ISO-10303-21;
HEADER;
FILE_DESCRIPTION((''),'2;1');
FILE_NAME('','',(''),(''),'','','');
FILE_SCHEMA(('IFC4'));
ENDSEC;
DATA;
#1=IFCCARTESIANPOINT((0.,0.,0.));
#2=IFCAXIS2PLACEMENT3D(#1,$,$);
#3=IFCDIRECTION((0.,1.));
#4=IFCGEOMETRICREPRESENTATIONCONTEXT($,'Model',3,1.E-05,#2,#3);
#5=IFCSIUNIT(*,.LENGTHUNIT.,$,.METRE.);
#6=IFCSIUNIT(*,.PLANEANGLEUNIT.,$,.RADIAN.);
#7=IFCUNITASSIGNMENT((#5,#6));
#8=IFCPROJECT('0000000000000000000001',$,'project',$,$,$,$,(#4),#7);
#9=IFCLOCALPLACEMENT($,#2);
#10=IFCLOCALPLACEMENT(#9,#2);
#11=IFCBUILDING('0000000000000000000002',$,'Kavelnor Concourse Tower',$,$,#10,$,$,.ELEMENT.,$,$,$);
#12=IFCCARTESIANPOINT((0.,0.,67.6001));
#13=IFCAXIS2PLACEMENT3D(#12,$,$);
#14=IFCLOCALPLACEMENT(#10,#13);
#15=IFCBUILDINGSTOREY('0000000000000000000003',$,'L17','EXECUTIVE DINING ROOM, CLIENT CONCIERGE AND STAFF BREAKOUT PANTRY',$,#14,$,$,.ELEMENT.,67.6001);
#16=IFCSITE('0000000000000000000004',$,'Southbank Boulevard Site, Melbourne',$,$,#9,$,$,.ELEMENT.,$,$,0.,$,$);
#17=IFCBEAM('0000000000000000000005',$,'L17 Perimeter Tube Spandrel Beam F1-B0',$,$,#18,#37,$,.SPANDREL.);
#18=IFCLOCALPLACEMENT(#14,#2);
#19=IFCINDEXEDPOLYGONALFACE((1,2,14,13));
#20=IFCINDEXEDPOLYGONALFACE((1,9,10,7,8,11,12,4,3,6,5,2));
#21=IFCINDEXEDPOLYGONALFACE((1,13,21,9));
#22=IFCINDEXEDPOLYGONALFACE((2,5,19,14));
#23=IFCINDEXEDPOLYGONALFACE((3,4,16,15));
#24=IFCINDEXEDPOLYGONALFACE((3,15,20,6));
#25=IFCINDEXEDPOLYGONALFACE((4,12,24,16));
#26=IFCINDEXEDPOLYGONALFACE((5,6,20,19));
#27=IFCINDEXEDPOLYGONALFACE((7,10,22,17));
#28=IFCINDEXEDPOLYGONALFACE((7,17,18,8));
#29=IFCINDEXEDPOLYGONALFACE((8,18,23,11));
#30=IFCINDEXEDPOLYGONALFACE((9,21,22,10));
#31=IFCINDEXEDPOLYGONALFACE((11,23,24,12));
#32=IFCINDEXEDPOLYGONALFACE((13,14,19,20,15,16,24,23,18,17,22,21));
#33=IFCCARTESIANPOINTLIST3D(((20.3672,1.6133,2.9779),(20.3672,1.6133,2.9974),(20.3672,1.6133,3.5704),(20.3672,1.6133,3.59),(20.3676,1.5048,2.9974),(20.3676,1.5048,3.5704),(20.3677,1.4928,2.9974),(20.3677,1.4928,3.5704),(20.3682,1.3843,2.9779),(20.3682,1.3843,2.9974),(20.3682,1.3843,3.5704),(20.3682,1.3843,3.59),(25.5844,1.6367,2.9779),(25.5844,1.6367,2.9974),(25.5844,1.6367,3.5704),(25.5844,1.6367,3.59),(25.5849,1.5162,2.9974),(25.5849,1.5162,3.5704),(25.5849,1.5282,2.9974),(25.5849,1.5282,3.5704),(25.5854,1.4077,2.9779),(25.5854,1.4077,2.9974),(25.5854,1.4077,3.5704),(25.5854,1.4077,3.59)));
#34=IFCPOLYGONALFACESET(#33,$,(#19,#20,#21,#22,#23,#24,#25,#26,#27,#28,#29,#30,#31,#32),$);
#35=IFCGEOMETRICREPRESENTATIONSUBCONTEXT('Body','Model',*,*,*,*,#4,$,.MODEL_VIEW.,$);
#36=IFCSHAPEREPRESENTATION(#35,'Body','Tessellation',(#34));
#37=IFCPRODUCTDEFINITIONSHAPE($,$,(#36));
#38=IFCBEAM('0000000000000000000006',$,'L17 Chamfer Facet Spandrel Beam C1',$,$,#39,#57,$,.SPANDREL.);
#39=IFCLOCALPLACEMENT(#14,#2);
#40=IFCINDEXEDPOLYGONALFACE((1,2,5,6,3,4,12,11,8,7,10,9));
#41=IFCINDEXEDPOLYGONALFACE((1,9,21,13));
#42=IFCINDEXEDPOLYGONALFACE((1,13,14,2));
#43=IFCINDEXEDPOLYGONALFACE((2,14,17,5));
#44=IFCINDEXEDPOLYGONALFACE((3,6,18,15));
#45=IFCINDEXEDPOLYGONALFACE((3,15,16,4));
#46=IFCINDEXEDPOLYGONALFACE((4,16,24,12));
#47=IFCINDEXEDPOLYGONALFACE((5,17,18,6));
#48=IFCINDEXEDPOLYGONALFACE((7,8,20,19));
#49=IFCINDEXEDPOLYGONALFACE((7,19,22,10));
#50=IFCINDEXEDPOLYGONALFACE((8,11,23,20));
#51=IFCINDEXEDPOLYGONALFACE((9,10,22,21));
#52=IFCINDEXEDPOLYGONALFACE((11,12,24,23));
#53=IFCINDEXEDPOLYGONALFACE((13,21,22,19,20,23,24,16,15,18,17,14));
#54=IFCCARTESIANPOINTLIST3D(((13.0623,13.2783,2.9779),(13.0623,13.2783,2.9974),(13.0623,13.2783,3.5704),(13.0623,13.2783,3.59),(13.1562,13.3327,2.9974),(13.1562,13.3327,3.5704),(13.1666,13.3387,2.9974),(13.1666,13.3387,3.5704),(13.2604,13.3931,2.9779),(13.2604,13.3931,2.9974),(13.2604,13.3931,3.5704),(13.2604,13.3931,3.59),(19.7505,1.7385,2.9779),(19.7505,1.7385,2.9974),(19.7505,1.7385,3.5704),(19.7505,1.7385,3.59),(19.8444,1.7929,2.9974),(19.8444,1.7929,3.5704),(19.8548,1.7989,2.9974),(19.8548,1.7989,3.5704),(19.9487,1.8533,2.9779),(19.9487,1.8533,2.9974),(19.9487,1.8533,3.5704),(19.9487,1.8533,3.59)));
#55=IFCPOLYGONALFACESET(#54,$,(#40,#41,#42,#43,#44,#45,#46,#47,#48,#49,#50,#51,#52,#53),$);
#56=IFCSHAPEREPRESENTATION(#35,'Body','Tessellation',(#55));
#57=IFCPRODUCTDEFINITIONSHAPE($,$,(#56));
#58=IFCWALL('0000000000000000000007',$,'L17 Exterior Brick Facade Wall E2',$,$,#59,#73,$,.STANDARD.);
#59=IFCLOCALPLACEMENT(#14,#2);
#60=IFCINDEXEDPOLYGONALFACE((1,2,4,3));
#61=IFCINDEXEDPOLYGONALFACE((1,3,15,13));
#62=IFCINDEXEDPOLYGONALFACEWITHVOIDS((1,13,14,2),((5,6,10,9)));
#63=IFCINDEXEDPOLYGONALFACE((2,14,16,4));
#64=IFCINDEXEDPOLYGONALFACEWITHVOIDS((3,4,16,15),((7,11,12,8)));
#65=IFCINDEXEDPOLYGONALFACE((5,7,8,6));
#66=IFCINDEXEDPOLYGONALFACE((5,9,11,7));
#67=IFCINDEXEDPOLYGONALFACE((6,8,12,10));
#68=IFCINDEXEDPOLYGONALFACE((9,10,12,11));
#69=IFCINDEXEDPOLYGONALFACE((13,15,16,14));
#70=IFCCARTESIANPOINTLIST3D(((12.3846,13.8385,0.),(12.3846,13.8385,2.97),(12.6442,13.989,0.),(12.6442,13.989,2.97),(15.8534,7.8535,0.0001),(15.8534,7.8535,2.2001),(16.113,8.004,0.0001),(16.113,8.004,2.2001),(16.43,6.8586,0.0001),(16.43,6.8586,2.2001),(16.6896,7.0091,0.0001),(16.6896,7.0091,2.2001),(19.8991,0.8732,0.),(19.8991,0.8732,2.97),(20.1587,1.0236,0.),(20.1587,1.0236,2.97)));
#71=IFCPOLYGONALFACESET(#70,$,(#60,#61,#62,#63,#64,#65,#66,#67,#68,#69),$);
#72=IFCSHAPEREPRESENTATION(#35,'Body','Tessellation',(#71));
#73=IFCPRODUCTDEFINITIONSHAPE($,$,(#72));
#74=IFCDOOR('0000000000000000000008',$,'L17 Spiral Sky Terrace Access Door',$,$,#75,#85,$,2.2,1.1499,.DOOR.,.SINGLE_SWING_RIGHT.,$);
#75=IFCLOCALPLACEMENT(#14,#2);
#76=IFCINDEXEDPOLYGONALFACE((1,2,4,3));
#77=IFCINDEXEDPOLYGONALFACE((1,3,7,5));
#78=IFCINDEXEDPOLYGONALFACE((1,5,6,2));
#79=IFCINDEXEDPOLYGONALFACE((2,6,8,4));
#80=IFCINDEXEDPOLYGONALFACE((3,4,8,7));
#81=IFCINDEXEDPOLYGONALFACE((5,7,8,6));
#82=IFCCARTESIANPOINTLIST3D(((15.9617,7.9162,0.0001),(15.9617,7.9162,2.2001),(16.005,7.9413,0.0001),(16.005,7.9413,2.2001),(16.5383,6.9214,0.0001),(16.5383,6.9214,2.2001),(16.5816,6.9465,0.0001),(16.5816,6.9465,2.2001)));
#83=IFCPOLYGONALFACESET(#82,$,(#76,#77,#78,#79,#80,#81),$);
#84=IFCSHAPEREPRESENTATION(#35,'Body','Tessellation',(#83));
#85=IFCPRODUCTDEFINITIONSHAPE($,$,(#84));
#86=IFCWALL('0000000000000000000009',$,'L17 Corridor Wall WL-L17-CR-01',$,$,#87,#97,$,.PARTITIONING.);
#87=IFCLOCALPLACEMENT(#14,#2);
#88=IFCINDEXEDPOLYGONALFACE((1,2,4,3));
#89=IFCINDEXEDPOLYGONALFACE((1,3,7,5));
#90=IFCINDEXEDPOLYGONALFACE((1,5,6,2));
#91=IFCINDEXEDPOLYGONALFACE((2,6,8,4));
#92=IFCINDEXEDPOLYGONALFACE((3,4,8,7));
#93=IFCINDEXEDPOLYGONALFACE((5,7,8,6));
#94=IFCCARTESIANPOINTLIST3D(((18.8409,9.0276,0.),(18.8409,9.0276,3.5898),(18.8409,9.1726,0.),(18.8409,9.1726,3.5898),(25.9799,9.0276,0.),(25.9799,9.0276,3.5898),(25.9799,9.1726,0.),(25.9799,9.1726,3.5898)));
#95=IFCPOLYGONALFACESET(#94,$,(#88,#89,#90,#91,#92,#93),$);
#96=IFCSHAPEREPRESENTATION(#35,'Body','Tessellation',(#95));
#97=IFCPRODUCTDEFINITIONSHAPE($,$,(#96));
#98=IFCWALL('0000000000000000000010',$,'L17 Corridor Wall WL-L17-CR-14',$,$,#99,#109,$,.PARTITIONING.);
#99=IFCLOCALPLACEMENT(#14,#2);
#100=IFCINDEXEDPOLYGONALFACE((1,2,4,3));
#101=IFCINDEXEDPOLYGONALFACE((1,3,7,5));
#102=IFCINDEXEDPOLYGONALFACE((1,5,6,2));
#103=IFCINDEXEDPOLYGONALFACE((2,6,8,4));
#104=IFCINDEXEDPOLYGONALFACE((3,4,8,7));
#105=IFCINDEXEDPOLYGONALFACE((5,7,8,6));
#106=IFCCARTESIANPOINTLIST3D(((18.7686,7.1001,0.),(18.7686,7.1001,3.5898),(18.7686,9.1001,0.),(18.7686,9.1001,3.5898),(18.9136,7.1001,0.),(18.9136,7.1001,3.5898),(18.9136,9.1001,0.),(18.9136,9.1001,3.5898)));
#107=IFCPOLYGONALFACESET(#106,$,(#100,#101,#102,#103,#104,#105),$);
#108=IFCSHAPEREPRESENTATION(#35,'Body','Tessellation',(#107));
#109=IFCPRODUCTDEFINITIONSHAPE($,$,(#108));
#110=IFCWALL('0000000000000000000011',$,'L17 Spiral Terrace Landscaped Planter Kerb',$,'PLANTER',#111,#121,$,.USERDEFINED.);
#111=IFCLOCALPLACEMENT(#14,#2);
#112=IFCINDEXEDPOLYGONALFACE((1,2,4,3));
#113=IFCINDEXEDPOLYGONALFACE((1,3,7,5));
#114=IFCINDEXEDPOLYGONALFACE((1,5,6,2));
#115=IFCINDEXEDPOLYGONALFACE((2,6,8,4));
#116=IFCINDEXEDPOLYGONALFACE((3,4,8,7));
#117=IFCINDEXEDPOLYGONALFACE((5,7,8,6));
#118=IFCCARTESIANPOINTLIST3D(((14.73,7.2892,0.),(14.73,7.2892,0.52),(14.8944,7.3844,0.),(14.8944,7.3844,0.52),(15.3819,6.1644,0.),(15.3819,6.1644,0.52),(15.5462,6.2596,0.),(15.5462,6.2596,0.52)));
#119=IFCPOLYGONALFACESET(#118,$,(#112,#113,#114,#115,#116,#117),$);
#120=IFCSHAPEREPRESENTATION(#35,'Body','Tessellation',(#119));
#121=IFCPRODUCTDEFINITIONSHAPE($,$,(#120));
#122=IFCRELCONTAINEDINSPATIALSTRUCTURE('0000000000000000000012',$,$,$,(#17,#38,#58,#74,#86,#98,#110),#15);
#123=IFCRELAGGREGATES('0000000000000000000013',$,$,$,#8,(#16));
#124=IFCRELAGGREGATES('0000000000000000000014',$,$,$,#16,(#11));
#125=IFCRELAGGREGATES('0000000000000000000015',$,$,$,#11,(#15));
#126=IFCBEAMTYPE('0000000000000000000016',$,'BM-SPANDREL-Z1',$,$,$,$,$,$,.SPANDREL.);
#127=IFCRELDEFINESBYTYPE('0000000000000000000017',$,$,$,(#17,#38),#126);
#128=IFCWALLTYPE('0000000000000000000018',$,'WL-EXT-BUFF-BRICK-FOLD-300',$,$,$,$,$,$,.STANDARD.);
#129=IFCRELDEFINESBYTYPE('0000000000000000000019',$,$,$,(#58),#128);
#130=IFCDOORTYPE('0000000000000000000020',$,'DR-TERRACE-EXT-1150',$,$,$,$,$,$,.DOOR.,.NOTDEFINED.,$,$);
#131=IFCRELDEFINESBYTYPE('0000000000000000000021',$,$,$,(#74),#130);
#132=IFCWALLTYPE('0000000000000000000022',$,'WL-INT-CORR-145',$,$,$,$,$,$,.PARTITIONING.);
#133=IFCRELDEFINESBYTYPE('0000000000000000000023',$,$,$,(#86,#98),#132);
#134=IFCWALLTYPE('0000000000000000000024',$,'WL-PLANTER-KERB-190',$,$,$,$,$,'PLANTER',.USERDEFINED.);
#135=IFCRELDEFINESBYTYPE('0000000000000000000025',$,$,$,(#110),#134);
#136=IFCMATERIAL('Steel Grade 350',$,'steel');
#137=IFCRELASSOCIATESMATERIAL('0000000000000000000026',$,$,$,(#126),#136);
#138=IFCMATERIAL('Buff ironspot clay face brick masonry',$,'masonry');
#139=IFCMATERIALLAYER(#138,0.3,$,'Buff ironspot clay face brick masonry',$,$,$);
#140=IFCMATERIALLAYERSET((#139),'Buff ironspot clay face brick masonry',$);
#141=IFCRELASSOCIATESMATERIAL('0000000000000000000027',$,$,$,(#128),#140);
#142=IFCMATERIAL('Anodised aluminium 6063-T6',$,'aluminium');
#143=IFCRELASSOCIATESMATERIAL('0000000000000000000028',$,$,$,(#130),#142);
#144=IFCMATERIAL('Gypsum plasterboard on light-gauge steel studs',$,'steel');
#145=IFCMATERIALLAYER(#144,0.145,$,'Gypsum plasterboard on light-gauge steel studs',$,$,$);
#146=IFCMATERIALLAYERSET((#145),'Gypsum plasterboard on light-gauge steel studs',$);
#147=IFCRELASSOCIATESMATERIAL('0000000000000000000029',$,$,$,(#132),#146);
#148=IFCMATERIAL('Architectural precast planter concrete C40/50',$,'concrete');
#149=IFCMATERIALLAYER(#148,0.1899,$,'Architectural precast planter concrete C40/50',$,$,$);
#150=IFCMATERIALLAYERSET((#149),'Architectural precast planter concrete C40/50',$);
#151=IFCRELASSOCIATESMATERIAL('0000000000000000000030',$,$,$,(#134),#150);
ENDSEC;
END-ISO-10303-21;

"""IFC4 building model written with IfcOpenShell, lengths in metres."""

from ifc_helpers import new_model, si_unit, direction, frame, frame_2d, origin, origin_2d, place, context, subcontext, project, spatial, rectangle, i_section, extrude, material, layer, layer_set, material_profile, profile_set, type_object, element, fill, save


model = new_model("IFC4")

# Units and contexts
model_context = context("Model", 3, precision=1e-05, world=origin(), true_north=direction((0.0, 1.0)))
body_context = subcontext(model_context, "Body", "Model", "MODEL_VIEW")
ifc_project = project(units=[si_unit("LENGTHUNIT", "METRE"), si_unit("PLANEANGLEUNIT", "RADIAN")], contexts=[model_context])

# Site, building, storey
site_placement = place(None, origin())
site = spatial("IfcSite", under=ifc_project, at=site_placement, Name="Southbank Boulevard Site, Melbourne", CompositionType="ELEMENT", RefElevation=0.0)
building_placement = place(site_placement, origin())
building = spatial("IfcBuilding", under=site, at=building_placement, Name="Kavelnor Concourse Tower", CompositionType="ELEMENT")
storey_placement = place(building_placement, frame((0.0, 0.0, 67.6001)))
storey = spatial("IfcBuildingStorey", under=building, at=storey_placement, Name="L17", Description="EXECUTIVE DINING ROOM, CLIENT CONCIERGE AND STAFF BREAKOUT PANTRY", CompositionType="ELEMENT", Elevation=67.6001)

# Shared definitions
ifc_material_1 = material(Name="Steel Grade 350", Category="steel")

# Beams
ifc_material_profile_1 = material_profile(ifc_material_1, i_section(OverallWidth=0.229, OverallDepth=0.6121, WebThickness=0.012, FlangeThickness=0.0195, at=origin_2d()), Name="610UB125")
ifc_profile_set_1 = profile_set([ifc_material_profile_1], Name="Steel Grade 350")
beam_type_1 = type_object("IfcBeamType", Name="BM-SPANDREL-Z1", PredefinedType="SPANDREL", material=ifc_profile_set_1)
beam_1_placement = place(storey_placement, frame((20.3677, 1.4988, 3.2839), z_axis=(0.99999, 0.004492, 0.0), x_axis=(-0.004492, 0.99999, 0.0)))
element("IfcBeam", 1, at=beam_1_placement, inside=storey, type_object=beam_type_1, Name="L17 Perimeter Tube Spandrel Beam F1-B0", PredefinedType="SPANDREL", context=body_context, shape_type="SweptSolid", body=[
    extrude(i_section(OverallWidth=0.229, OverallDepth=0.6121, WebThickness=0.012, FlangeThickness=0.0195, at=origin_2d()), origin(), (0.0, 0.0, 1.0), 5.2173),
])
beam_2_placement = place(storey_placement, frame((13.1614, 13.3357, 3.2839), z_axis=(0.501446, -0.865189, 0.0), x_axis=(0.865189, 0.501446, 0.0)))
element("IfcBeam", 2, at=beam_2_placement, inside=storey, type_object=beam_type_1, Name="L17 Chamfer Facet Spandrel Beam C1", PredefinedType="SPANDREL", context=body_context, shape_type="SweptSolid", body=[
    extrude(i_section(OverallWidth=0.229, OverallDepth=0.6121, WebThickness=0.012, FlangeThickness=0.0195, at=origin_2d()), origin(), (0.0, 0.0, 1.0), 13.3379),
])

# Wall, opening, door
ifc_material_2 = material(Name="Buff ironspot clay face brick masonry", Category="masonry")
ifc_layer_1 = layer(ifc_material_2, 0.3, Name="Buff ironspot clay face brick masonry")
ifc_layer_set_1 = layer_set([ifc_layer_1], Name="Buff ironspot clay face brick masonry")
wall_type_1 = type_object("IfcWallType", Name="WL-EXT-BUFF-BRICK-FOLD-300", PredefinedType="STANDARD", material=ifc_layer_set_1)
wall_1_placement = place(storey_placement, frame((20.0288, 0.9485, 0.0), z_axis=(0.0, 0.0, 1.0), x_axis=(-0.501444, 0.86519, 0.0)))
wall_1 = element("IfcWall", 3, at=wall_1_placement, inside=storey, type_object=wall_type_1, Name="L17 Exterior Brick Facade Wall E2", PredefinedType="STANDARD", context=body_context, shape_type="SweptSolid", body=[
    extrude(rectangle(XDim=14.9856, YDim=0.3, at=frame_2d((7.4927, 0.0))), origin(), (0.0, 0.0, 1.0), 2.97),
])
opening_placement = place(wall_1_placement, frame((6.918, 0.0, 0.0)))
opening = element("IfcOpeningElement", 4, at=opening_placement, cuts=wall_1, PredefinedType="OPENING", context=body_context, shape_type="SweptSolid", body=[
    extrude(rectangle(XDim=1.1499, YDim=2.2, at=frame_2d((0.575, 1.1001))), frame((0.0, 0.1602, 0.0), z_axis=(0.0, -1.0, 0.0), x_axis=(1.0, 0.0, 0.0)), (0.0, 0.0, 1.0), 0.3201),
])
ifc_material_3 = material(Name="Anodised aluminium 6063-T6", Category="aluminium")
door_type = type_object("IfcDoorType", Name="DR-TERRACE-EXT-1150", OperationType="NOTDEFINED", PredefinedType="DOOR", material=ifc_material_3)
door_placement = place(opening_placement, origin())
door = element("IfcDoor", 5, at=door_placement, inside=storey, type_object=door_type, Name="L17 Spiral Sky Terrace Access Door", OperationType="SINGLE_SWING_RIGHT", OverallHeight=2.2, OverallWidth=1.1499, PredefinedType="DOOR", context=body_context, shape_type="SweptSolid", body=[
    extrude(rectangle(XDim=1.1499, YDim=2.2, at=frame_2d((0.575, 1.1001))), frame((0.0, 0.0249, 0.0), z_axis=(0.0, -1.0, 0.0), x_axis=(1.0, 0.0, 0.0)), (0.0, 0.0, 1.0), 0.05),
])
fill(opening, door)

# Walls
ifc_material_4 = material(Name="Gypsum plasterboard on light-gauge steel studs", Category="steel")
ifc_layer_2 = layer(ifc_material_4, 0.145, Name="Gypsum plasterboard on light-gauge steel studs")
ifc_layer_set_2 = layer_set([ifc_layer_2], Name="Gypsum plasterboard on light-gauge steel studs")
wall_type_2 = type_object("IfcWallType", Name="WL-INT-CORR-145", PredefinedType="PARTITIONING", material=ifc_layer_set_2)
wall_2_placement = place(storey_placement, frame((18.8411, 9.1001, 0.0), z_axis=(0.0, 0.0, 1.0), x_axis=(1.0, 0.0, 0.0)))
element("IfcWall", 6, at=wall_2_placement, inside=storey, type_object=wall_type_2, Name="L17 Corridor Wall WL-L17-CR-01", PredefinedType="PARTITIONING", context=body_context, shape_type="SweptSolid", body=[
    extrude(rectangle(XDim=7.1389, YDim=0.145, at=frame_2d((3.5693, 0.0))), origin(), (0.0, 0.0, 1.0), 3.5898),
])
wall_3_placement = place(storey_placement, frame((18.8411, 7.1001, 0.0), z_axis=(0.0, 0.0, 1.0), x_axis=(0.0, 1.0, 0.0)))
element("IfcWall", 7, at=wall_3_placement, inside=storey, type_object=wall_type_2, Name="L17 Corridor Wall WL-L17-CR-14", PredefinedType="PARTITIONING", context=body_context, shape_type="SweptSolid", body=[
    extrude(rectangle(XDim=2.0, YDim=0.145, at=frame_2d((1.0, 0.0))), origin(), (0.0, 0.0, 1.0), 3.5898),
])
ifc_material_5 = material(Name="Architectural precast planter concrete C40/50", Category="concrete")
ifc_layer_3 = layer(ifc_material_5, 0.1899, Name="Architectural precast planter concrete C40/50")
ifc_layer_set_3 = layer_set([ifc_layer_3], Name="Architectural precast planter concrete C40/50")
wall_type_3 = type_object("IfcWallType", Name="WL-PLANTER-KERB-190", ElementType="PLANTER", PredefinedType="USERDEFINED", material=ifc_layer_set_3)
wall_4_placement = place(storey_placement, frame((14.8123, 7.3367, 0.0), z_axis=(0.0, 0.0, 1.0), x_axis=(0.501429, -0.865199, 0.0)))
element("IfcWall", 8, at=wall_4_placement, inside=storey, type_object=wall_type_3, Name="L17 Spiral Terrace Landscaped Planter Kerb", ObjectType="PLANTER", PredefinedType="USERDEFINED", context=body_context, shape_type="SweptSolid", body=[
    extrude(rectangle(XDim=1.3, YDim=0.1899, at=frame_2d((0.6499, 0.0))), origin(), (0.0, 0.0, 1.0), 0.52),
])

save(model, "model.ifc")
